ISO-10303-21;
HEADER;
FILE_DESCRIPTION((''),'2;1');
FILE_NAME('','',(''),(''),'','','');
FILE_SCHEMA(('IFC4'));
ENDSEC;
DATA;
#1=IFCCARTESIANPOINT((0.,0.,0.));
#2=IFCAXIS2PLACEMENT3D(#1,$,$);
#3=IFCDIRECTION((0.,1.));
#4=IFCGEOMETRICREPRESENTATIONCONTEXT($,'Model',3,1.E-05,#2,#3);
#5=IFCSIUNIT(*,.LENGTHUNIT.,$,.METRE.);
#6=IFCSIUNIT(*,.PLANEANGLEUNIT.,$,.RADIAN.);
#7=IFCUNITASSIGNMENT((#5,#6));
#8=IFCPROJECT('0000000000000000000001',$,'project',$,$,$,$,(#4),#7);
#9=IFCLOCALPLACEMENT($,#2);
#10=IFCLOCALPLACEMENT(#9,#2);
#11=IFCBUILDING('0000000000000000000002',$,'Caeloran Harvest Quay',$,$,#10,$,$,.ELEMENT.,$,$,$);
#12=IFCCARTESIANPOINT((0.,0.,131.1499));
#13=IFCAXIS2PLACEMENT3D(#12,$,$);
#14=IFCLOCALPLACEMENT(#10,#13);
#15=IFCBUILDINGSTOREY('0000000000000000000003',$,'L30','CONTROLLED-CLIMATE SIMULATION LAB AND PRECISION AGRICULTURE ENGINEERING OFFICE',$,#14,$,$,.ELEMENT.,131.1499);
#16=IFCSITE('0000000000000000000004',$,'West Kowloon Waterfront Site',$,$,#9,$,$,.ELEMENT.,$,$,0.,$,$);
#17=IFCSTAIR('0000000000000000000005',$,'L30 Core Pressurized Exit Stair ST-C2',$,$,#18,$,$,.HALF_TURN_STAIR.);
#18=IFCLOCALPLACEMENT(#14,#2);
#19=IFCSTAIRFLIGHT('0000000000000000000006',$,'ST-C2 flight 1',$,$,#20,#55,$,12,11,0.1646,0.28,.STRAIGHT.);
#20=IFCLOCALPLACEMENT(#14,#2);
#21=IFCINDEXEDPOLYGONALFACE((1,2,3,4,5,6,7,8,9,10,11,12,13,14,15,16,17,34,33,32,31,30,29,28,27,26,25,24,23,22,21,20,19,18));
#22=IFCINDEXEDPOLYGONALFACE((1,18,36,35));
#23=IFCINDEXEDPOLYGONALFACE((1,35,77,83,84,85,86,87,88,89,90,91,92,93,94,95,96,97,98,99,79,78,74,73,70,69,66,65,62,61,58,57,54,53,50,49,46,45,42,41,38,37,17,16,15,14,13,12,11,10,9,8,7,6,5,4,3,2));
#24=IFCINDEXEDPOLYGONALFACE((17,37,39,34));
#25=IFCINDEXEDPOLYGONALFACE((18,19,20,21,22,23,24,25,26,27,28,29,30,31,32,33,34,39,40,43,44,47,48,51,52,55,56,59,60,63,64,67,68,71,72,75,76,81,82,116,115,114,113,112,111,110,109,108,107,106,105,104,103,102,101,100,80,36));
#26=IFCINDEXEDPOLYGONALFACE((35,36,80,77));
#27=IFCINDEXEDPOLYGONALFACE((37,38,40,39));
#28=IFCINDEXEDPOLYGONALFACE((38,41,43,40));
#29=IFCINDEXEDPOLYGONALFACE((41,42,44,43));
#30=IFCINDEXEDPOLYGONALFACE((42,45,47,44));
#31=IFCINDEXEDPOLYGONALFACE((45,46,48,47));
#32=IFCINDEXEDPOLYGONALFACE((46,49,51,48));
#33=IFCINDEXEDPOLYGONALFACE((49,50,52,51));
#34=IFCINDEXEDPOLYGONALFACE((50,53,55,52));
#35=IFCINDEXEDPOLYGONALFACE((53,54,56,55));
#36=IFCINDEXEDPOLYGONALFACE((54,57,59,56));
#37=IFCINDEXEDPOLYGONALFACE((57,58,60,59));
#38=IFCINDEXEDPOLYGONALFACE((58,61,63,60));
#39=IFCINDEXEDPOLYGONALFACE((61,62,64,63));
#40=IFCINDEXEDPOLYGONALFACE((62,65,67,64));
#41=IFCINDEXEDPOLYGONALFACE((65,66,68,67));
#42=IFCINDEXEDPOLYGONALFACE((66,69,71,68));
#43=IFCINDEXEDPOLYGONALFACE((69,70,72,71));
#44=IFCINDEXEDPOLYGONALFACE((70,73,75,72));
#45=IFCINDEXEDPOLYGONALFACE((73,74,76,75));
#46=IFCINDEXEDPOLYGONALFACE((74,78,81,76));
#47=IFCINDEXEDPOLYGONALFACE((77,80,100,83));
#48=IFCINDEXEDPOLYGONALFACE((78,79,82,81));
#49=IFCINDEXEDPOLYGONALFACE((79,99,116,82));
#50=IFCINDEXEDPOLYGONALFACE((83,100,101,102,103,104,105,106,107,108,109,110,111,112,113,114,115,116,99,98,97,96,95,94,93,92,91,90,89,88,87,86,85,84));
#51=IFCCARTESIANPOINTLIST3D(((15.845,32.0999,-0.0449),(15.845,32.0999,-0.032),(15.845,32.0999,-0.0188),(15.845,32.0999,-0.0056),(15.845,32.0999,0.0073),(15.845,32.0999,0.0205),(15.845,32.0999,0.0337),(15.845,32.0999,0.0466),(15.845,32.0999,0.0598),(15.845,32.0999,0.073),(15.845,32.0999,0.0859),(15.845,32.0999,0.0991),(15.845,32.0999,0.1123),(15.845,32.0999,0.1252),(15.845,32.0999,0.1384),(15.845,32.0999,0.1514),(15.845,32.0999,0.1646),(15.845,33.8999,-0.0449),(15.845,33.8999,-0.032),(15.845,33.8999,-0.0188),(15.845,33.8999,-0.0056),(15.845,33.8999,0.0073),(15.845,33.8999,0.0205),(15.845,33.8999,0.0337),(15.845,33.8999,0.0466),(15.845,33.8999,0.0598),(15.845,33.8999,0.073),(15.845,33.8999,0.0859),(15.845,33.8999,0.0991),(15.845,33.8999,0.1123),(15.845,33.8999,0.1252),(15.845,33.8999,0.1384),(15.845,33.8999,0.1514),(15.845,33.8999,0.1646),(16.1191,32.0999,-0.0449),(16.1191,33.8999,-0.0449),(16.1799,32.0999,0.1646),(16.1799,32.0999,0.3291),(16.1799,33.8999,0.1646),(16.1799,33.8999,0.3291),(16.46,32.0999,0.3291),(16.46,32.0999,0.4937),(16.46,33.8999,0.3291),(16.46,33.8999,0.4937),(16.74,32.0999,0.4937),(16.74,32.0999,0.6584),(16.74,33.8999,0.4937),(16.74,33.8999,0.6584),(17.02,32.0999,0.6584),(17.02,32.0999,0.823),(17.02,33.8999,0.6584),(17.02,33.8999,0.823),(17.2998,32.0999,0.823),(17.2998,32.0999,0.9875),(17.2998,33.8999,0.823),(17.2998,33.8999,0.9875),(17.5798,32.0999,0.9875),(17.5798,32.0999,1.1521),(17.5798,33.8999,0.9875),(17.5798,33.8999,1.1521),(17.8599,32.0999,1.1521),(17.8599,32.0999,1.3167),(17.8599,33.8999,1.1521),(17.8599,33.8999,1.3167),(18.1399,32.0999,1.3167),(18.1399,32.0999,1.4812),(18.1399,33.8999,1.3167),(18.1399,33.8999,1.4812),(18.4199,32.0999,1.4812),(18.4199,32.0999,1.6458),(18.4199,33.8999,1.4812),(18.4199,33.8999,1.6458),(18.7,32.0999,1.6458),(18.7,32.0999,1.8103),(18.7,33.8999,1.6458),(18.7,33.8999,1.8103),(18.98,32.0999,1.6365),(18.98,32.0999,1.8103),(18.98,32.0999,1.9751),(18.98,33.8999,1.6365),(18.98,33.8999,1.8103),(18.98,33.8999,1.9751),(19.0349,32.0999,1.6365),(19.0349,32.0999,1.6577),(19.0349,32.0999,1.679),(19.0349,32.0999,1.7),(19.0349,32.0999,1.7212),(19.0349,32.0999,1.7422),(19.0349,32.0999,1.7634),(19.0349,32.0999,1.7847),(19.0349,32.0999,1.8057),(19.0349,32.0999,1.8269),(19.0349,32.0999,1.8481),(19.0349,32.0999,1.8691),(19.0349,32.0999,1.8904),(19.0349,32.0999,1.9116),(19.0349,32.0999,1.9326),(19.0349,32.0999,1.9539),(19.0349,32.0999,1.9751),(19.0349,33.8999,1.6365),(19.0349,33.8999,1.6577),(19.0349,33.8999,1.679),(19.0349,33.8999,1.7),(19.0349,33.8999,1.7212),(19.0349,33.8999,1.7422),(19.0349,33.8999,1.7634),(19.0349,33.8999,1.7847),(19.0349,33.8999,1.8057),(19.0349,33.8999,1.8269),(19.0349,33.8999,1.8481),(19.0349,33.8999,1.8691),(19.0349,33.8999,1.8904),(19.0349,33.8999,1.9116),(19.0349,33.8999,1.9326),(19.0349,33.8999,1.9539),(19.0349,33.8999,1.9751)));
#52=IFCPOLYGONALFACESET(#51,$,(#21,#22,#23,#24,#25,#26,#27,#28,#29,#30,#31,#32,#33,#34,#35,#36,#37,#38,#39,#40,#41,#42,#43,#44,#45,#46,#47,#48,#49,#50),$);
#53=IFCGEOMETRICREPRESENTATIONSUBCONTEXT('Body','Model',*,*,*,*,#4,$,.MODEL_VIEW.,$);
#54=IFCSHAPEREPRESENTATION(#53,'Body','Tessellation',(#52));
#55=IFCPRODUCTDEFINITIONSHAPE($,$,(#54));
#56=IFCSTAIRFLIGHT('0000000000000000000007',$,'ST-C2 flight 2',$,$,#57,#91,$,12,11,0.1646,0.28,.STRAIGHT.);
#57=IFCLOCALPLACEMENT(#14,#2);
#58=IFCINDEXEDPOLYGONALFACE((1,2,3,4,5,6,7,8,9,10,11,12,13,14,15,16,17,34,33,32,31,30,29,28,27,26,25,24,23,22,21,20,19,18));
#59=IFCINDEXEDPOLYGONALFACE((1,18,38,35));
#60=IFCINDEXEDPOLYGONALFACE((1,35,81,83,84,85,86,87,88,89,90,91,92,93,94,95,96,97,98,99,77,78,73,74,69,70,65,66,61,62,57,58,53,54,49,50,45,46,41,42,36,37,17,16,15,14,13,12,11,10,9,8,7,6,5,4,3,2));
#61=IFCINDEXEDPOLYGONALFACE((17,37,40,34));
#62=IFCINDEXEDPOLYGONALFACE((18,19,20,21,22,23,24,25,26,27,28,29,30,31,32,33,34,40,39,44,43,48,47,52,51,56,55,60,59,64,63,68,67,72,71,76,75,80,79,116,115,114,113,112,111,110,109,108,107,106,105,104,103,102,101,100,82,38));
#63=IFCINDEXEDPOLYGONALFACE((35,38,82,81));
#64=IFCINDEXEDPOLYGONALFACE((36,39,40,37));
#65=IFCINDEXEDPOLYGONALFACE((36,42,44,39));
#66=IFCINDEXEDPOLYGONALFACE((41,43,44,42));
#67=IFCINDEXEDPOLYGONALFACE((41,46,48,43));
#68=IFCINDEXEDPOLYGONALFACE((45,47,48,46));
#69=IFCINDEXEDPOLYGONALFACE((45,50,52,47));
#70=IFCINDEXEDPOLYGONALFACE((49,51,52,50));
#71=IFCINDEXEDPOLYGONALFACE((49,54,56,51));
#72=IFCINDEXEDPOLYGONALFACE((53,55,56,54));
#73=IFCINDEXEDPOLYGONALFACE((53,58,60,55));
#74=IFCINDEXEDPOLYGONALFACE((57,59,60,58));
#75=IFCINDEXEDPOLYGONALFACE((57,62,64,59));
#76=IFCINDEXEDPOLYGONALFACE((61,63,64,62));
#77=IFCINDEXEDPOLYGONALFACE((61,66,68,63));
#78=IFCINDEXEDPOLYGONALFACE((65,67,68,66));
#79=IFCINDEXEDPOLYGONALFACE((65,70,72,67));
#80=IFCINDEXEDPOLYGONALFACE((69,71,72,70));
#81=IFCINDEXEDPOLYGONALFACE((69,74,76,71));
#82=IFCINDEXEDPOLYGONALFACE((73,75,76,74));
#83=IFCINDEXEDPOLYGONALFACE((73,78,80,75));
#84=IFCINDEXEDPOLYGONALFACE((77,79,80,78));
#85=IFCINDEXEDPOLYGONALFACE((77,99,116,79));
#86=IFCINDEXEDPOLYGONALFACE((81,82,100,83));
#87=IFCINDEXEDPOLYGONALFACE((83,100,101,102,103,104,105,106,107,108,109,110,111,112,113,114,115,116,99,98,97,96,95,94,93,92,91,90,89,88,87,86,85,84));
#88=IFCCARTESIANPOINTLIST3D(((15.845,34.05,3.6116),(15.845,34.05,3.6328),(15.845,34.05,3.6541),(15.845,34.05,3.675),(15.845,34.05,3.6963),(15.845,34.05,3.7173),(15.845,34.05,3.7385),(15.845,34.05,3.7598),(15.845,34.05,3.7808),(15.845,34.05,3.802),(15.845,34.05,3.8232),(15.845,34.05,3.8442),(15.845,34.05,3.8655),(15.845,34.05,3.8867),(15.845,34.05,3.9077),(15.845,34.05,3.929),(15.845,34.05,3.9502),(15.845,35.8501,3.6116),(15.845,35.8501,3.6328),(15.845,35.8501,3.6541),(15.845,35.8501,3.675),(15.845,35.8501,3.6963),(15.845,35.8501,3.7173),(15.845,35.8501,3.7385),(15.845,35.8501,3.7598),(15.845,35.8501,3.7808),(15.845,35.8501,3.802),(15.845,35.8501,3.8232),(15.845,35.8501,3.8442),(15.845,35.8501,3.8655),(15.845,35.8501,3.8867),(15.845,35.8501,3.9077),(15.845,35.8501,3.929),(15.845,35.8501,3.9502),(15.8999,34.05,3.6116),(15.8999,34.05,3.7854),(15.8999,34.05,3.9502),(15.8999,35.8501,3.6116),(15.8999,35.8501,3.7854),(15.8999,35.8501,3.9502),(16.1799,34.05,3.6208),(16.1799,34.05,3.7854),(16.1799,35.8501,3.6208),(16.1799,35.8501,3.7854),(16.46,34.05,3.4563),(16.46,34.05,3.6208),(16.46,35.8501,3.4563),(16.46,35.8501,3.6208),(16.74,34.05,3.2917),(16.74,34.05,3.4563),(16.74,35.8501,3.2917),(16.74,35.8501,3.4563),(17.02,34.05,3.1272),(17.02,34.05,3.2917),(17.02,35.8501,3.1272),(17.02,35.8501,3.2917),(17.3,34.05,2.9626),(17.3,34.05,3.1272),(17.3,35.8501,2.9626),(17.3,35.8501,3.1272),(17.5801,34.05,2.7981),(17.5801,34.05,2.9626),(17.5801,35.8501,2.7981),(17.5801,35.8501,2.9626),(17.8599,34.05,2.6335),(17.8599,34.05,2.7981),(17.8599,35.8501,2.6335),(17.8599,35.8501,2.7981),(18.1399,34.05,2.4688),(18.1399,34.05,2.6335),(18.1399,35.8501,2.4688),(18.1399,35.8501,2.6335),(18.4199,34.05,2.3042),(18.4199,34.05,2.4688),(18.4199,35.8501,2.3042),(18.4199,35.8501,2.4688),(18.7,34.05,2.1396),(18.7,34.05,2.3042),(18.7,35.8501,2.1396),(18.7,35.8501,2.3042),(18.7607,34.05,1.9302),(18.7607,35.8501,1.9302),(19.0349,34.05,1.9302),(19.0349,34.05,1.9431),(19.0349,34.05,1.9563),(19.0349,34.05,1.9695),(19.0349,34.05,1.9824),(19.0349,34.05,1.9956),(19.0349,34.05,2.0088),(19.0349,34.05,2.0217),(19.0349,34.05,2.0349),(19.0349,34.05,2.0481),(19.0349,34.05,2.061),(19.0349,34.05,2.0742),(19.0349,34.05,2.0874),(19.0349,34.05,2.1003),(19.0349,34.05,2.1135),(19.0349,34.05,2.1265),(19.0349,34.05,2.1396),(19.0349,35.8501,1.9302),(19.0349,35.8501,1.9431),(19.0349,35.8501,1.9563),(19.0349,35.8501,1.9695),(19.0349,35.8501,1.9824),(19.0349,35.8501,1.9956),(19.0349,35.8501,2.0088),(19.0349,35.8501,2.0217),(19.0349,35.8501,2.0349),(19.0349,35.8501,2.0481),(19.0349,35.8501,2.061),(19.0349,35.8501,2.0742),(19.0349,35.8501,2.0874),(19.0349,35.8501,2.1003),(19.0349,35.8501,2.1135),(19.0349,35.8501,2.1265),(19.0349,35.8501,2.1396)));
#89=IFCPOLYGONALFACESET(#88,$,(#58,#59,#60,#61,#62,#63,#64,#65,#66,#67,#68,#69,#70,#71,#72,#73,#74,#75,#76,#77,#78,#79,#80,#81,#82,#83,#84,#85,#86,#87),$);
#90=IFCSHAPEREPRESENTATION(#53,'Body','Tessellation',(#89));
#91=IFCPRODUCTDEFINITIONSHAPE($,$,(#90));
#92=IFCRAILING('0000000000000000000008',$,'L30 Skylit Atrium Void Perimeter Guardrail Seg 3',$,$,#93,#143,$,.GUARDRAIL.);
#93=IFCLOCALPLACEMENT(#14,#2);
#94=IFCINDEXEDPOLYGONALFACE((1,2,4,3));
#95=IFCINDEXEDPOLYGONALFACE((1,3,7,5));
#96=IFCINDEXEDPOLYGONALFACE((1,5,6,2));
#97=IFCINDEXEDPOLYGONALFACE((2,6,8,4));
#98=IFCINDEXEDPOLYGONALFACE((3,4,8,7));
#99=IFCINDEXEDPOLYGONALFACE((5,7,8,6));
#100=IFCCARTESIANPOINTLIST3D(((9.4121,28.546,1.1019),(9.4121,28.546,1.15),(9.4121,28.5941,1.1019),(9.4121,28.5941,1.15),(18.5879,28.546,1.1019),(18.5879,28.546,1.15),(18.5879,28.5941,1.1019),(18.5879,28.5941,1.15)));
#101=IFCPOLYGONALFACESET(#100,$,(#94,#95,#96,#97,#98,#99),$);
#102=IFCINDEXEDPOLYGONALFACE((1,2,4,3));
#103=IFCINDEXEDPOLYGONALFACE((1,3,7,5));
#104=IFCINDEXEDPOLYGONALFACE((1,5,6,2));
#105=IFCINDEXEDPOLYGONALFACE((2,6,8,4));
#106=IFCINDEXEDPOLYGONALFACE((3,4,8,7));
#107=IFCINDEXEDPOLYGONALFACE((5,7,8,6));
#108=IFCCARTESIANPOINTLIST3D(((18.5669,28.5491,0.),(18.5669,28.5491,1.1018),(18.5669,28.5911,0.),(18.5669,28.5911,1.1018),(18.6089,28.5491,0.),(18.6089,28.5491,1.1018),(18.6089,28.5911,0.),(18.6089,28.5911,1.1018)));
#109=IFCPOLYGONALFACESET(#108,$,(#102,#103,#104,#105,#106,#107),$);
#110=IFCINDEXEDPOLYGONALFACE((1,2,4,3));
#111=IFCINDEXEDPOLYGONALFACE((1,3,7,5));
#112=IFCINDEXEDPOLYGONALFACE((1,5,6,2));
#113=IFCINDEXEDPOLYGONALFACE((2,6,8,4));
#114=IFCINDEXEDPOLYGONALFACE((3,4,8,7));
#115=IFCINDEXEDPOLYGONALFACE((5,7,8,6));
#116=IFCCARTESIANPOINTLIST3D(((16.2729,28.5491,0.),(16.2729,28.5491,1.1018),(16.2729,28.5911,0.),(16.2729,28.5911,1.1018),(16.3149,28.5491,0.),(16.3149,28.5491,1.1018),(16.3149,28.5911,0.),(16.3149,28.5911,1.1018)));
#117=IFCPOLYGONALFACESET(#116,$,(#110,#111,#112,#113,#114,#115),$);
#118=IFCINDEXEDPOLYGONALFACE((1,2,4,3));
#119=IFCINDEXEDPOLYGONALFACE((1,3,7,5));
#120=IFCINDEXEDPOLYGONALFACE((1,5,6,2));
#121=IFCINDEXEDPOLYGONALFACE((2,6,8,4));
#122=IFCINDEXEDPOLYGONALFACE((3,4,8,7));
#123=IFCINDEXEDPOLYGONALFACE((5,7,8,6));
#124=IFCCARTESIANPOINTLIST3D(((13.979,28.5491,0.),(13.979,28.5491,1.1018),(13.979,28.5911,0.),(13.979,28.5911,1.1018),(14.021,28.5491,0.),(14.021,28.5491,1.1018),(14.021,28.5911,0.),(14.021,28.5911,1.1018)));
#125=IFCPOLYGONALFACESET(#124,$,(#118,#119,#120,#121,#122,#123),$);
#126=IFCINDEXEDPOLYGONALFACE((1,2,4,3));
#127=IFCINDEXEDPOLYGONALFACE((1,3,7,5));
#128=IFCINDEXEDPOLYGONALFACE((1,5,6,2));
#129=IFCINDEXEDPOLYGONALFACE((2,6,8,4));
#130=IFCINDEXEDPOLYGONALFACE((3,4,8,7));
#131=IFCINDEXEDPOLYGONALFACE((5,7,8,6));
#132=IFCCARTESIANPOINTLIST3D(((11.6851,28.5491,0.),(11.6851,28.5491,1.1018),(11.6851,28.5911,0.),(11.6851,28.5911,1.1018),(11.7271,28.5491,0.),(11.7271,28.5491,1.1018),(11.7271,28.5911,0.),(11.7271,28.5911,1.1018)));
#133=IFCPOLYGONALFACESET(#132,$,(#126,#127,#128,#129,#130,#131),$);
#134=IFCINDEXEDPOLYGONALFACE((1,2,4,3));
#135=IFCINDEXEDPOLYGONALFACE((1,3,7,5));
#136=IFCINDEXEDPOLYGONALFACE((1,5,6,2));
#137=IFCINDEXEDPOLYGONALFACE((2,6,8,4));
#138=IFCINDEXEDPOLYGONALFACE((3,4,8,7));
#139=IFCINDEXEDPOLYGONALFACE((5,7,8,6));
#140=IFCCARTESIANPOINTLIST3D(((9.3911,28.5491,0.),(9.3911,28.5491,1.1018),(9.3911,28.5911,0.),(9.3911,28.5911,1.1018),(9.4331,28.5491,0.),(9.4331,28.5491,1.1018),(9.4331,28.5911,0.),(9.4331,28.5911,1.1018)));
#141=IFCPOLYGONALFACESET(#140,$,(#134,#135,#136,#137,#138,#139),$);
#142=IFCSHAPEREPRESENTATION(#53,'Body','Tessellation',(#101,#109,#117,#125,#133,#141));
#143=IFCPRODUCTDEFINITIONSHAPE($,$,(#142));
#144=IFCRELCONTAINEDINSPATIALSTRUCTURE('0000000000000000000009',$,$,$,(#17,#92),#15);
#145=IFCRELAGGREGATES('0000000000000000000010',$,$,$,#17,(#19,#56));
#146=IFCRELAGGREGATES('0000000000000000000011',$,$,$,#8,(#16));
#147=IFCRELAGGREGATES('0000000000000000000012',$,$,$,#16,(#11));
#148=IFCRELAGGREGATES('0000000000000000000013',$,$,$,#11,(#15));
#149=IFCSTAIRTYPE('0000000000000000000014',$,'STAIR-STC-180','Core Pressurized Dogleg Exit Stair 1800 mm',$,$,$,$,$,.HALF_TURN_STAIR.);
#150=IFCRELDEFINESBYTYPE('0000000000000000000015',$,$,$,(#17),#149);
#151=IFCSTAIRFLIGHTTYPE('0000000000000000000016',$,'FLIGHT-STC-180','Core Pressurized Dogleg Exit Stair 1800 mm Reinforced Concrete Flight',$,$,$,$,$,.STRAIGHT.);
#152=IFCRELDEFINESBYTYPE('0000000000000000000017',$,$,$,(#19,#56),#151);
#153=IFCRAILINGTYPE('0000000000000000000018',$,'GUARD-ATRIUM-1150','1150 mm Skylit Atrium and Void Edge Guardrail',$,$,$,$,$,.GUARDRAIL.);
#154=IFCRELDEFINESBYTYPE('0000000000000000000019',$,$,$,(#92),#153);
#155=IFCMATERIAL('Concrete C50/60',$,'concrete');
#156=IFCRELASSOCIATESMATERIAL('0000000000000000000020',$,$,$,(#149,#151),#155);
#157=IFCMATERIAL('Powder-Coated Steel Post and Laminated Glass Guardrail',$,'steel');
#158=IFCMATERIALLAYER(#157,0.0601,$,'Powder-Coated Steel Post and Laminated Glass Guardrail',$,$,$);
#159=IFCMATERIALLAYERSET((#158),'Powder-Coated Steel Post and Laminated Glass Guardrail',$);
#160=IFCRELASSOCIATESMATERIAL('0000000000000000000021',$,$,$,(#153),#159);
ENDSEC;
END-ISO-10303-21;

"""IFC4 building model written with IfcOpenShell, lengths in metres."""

from ifc_helpers import new_model, si_unit, direction, frame, origin, origin_2d, place, context, subcontext, project, spatial, polyline, rectangle, outline, extrude, material, layer, layer_set, type_object, element, aggregate, save


model = new_model("IFC4")

# Units and contexts
model_context = context("Model", 3, precision=1e-05, world=origin(), true_north=direction((0.0, 1.0)))
body_context = subcontext(model_context, "Body", "Model", "MODEL_VIEW")
ifc_project = project(units=[si_unit("LENGTHUNIT", "METRE"), si_unit("PLANEANGLEUNIT", "RADIAN")], contexts=[model_context])

# Site, building, storey
site_placement = place(None, origin())
site = spatial("IfcSite", under=ifc_project, at=site_placement, Name="West Kowloon Waterfront Site", CompositionType="ELEMENT", RefElevation=0.0)
building_placement = place(site_placement, origin())
building = spatial("IfcBuilding", under=site, at=building_placement, Name="Caeloran Harvest Quay", CompositionType="ELEMENT")
storey_placement = place(building_placement, frame((0.0, 0.0, 131.1499)))
storey = spatial("IfcBuildingStorey", under=building, at=storey_placement, Name="L30", Description="CONTROLLED-CLIMATE SIMULATION LAB AND PRECISION AGRICULTURE ENGINEERING OFFICE", CompositionType="ELEMENT", Elevation=131.1499)

# Shared definitions
ifc_material_1 = material(Name="Concrete C50/60", Category="concrete")

# Stair, stair flights
stair_type = type_object("IfcStairType", Name="STAIR-STC-180", Description="Core Pressurized Dogleg Exit Stair 1800 mm", PredefinedType="HALF_TURN_STAIR", material=ifc_material_1)
stair_placement = place(storey_placement, origin())
stair = element("IfcStair", 1, at=stair_placement, inside=storey, type_object=stair_type, Name="L30 Core Pressurized Exit Stair ST-C2", PredefinedType="HALF_TURN_STAIR")
stair_flight_type = type_object("IfcStairFlightType", Name="FLIGHT-STC-180", Description="Core Pressurized Dogleg Exit Stair 1800 mm Reinforced Concrete Flight", PredefinedType="STRAIGHT", material=ifc_material_1)
stair_flight_1_placement = place(storey_placement, frame((15.8999, 33.0, 0.0), z_axis=(0.0, 0.0, 1.0), x_axis=(1.0, 0.0, 0.0)))
stair_flight_1 = element("IfcStairFlight", 2, at=stair_flight_1_placement, type_object=stair_flight_type, Name="ST-C2 flight 1", NumberOfRisers=12, NumberOfTreads=11, PredefinedType="STRAIGHT", RiserHeight=0.1646, TreadLength=0.28, context=body_context, shape_type="SweptSolid", body=[
    extrude(outline(polyline([(-0.0549, -0.0449), (-0.0549, -0.032), (-0.0549, -0.0188), (-0.0549, -0.0056), (-0.0549, 0.0073), (-0.0549, 0.0205), (-0.0549, 0.0337), (-0.0549, 0.0466), (-0.0549, 0.0598), (-0.0549, 0.073), (-0.0549, 0.0859), (-0.0549, 0.0991), (-0.0549, 0.1123), (-0.0549, 0.1252), (-0.0549, 0.1384), (-0.0549, 0.1514), (-0.0549, 0.1646), (0.28, 0.1646), (0.28, 0.3291), (0.5601, 0.3291), (0.5601, 0.4937), (0.8401, 0.4937), (0.8401, 0.6584), (1.1201, 0.6584), (1.1201, 0.823), (1.3999, 0.823), (1.3999, 0.9875), (1.6799, 0.9875), (1.6799, 1.1521), (1.96, 1.1521), (1.96, 1.3167), (2.24, 1.3167), (2.24, 1.4812), (2.52, 1.4812), (2.52, 1.6458), (2.8, 1.6458), (2.8, 1.8103), (3.0801, 1.8103), (3.0801, 1.9751), (3.135, 1.9751), (3.135, 1.9539), (3.135, 1.9326), (3.135, 1.9116), (3.135, 1.8904), (3.135, 1.8691), (3.135, 1.8481), (3.135, 1.8269), (3.135, 1.8057), (3.135, 1.7847), (3.135, 1.7634), (3.135, 1.7422), (3.135, 1.7212), (3.135, 1.7), (3.135, 1.679), (3.135, 1.6577), (3.135, 1.6365), (3.0801, 1.6365), (0.2192, -0.0449), (-0.0549, -0.0449)])), frame((0.0, 0.8999, 0.0), z_axis=(0.0, -1.0, 0.0), x_axis=(1.0, 0.0, 0.0)), (0.0, 0.0, 1.0), 1.8),
])
stair_flight_2_placement = place(storey_placement, frame((18.98, 34.95, 1.9751), z_axis=(0.0, 0.0, 1.0), x_axis=(-1.0, 0.0, 0.0)))
stair_flight_2 = element("IfcStairFlight", 3, at=stair_flight_2_placement, type_object=stair_flight_type, Name="ST-C2 flight 2", NumberOfRisers=12, NumberOfTreads=11, PredefinedType="STRAIGHT", RiserHeight=0.1646, TreadLength=0.28, context=body_context, shape_type="SweptSolid", body=[
    extrude(outline(polyline([(-0.0549, -0.0449), (-0.0549, -0.032), (-0.0549, -0.0188), (-0.0549, -0.0056), (-0.0549, 0.0073), (-0.0549, 0.0205), (-0.0549, 0.0337), (-0.0549, 0.0466), (-0.0549, 0.0598), (-0.0549, 0.073), (-0.0549, 0.0859), (-0.0549, 0.0991), (-0.0549, 0.1123), (-0.0549, 0.1252), (-0.0549, 0.1384), (-0.0549, 0.1514), (-0.0549, 0.1646), (0.28, 0.1646), (0.28, 0.3291), (0.5601, 0.3291), (0.5601, 0.4937), (0.8401, 0.4937), (0.8401, 0.6584), (1.1201, 0.6584), (1.1201, 0.823), (1.3999, 0.823), (1.3999, 0.9875), (1.6799, 0.9875), (1.6799, 1.1521), (1.96, 1.1521), (1.96, 1.3167), (2.24, 1.3167), (2.24, 1.4812), (2.52, 1.4812), (2.52, 1.6458), (2.8, 1.6458), (2.8, 1.8103), (3.0801, 1.8103), (3.0801, 1.9751), (3.135, 1.9751), (3.135, 1.9539), (3.135, 1.9326), (3.135, 1.9116), (3.135, 1.8904), (3.135, 1.8691), (3.135, 1.8481), (3.135, 1.8269), (3.135, 1.8057), (3.135, 1.7847), (3.135, 1.7634), (3.135, 1.7422), (3.135, 1.7212), (3.135, 1.7), (3.135, 1.679), (3.135, 1.6577), (3.135, 1.6365), (3.0801, 1.6365), (0.2192, -0.0449), (-0.0549, -0.0449)])), frame((0.0, 0.8999, 0.0), z_axis=(0.0, -1.0, 0.0), x_axis=(1.0, 0.0, 0.0)), (0.0, 0.0, 1.0), 1.8),
])
aggregate(stair, [stair_flight_1, stair_flight_2])

# Railing
ifc_material_2 = material(Name="Powder-Coated Steel Post and Laminated Glass Guardrail", Category="steel")
ifc_layer_1 = layer(ifc_material_2, 0.0601, Name="Powder-Coated Steel Post and Laminated Glass Guardrail")
ifc_layer_set_1 = layer_set([ifc_layer_1], Name="Powder-Coated Steel Post and Laminated Glass Guardrail")
railing_type_1 = type_object("IfcRailingType", Name="GUARD-ATRIUM-1150", Description="1150 mm Skylit Atrium and Void Edge Guardrail", PredefinedType="GUARDRAIL", material=ifc_layer_set_1)
railing_1_placement = place(storey_placement, frame((18.5879, 28.5701, 0.0)))
element("IfcRailing", 4, at=railing_1_placement, inside=storey, type_object=railing_type_1, Name="L30 Skylit Atrium Void Perimeter Guardrail Seg 3", PredefinedType="GUARDRAIL", context=body_context, shape_type="SweptSolid", body=[
    extrude(rectangle(XDim=0.0481, YDim=0.0481, at=origin_2d()), frame((0.0, 0.0, 1.126), z_axis=(-1.0, 0.0, 0.0), x_axis=(0.0, -1.0, 0.0)), (0.0, 0.0, 1.0), 9.1758),
    extrude(rectangle(XDim=0.042, YDim=0.042, at=origin_2d()), origin(), (0.0, 0.0, 1.0), 1.1018),
    extrude(rectangle(XDim=0.042, YDim=0.042, at=origin_2d()), frame((-2.2939, 0.0, 0.0)), (0.0, 0.0, 1.0), 1.1018),
    extrude(rectangle(XDim=0.042, YDim=0.042, at=origin_2d()), frame((-4.5879, 0.0, 0.0)), (0.0, 0.0, 1.0), 1.1018),
    extrude(rectangle(XDim=0.042, YDim=0.042, at=origin_2d()), frame((-6.8818, 0.0, 0.0)), (0.0, 0.0, 1.0), 1.1018),
    extrude(rectangle(XDim=0.042, YDim=0.042, at=origin_2d()), frame((-9.1758, 0.0, 0.0)), (0.0, 0.0, 1.0), 1.1018),
])

save(model, "model.ifc")
